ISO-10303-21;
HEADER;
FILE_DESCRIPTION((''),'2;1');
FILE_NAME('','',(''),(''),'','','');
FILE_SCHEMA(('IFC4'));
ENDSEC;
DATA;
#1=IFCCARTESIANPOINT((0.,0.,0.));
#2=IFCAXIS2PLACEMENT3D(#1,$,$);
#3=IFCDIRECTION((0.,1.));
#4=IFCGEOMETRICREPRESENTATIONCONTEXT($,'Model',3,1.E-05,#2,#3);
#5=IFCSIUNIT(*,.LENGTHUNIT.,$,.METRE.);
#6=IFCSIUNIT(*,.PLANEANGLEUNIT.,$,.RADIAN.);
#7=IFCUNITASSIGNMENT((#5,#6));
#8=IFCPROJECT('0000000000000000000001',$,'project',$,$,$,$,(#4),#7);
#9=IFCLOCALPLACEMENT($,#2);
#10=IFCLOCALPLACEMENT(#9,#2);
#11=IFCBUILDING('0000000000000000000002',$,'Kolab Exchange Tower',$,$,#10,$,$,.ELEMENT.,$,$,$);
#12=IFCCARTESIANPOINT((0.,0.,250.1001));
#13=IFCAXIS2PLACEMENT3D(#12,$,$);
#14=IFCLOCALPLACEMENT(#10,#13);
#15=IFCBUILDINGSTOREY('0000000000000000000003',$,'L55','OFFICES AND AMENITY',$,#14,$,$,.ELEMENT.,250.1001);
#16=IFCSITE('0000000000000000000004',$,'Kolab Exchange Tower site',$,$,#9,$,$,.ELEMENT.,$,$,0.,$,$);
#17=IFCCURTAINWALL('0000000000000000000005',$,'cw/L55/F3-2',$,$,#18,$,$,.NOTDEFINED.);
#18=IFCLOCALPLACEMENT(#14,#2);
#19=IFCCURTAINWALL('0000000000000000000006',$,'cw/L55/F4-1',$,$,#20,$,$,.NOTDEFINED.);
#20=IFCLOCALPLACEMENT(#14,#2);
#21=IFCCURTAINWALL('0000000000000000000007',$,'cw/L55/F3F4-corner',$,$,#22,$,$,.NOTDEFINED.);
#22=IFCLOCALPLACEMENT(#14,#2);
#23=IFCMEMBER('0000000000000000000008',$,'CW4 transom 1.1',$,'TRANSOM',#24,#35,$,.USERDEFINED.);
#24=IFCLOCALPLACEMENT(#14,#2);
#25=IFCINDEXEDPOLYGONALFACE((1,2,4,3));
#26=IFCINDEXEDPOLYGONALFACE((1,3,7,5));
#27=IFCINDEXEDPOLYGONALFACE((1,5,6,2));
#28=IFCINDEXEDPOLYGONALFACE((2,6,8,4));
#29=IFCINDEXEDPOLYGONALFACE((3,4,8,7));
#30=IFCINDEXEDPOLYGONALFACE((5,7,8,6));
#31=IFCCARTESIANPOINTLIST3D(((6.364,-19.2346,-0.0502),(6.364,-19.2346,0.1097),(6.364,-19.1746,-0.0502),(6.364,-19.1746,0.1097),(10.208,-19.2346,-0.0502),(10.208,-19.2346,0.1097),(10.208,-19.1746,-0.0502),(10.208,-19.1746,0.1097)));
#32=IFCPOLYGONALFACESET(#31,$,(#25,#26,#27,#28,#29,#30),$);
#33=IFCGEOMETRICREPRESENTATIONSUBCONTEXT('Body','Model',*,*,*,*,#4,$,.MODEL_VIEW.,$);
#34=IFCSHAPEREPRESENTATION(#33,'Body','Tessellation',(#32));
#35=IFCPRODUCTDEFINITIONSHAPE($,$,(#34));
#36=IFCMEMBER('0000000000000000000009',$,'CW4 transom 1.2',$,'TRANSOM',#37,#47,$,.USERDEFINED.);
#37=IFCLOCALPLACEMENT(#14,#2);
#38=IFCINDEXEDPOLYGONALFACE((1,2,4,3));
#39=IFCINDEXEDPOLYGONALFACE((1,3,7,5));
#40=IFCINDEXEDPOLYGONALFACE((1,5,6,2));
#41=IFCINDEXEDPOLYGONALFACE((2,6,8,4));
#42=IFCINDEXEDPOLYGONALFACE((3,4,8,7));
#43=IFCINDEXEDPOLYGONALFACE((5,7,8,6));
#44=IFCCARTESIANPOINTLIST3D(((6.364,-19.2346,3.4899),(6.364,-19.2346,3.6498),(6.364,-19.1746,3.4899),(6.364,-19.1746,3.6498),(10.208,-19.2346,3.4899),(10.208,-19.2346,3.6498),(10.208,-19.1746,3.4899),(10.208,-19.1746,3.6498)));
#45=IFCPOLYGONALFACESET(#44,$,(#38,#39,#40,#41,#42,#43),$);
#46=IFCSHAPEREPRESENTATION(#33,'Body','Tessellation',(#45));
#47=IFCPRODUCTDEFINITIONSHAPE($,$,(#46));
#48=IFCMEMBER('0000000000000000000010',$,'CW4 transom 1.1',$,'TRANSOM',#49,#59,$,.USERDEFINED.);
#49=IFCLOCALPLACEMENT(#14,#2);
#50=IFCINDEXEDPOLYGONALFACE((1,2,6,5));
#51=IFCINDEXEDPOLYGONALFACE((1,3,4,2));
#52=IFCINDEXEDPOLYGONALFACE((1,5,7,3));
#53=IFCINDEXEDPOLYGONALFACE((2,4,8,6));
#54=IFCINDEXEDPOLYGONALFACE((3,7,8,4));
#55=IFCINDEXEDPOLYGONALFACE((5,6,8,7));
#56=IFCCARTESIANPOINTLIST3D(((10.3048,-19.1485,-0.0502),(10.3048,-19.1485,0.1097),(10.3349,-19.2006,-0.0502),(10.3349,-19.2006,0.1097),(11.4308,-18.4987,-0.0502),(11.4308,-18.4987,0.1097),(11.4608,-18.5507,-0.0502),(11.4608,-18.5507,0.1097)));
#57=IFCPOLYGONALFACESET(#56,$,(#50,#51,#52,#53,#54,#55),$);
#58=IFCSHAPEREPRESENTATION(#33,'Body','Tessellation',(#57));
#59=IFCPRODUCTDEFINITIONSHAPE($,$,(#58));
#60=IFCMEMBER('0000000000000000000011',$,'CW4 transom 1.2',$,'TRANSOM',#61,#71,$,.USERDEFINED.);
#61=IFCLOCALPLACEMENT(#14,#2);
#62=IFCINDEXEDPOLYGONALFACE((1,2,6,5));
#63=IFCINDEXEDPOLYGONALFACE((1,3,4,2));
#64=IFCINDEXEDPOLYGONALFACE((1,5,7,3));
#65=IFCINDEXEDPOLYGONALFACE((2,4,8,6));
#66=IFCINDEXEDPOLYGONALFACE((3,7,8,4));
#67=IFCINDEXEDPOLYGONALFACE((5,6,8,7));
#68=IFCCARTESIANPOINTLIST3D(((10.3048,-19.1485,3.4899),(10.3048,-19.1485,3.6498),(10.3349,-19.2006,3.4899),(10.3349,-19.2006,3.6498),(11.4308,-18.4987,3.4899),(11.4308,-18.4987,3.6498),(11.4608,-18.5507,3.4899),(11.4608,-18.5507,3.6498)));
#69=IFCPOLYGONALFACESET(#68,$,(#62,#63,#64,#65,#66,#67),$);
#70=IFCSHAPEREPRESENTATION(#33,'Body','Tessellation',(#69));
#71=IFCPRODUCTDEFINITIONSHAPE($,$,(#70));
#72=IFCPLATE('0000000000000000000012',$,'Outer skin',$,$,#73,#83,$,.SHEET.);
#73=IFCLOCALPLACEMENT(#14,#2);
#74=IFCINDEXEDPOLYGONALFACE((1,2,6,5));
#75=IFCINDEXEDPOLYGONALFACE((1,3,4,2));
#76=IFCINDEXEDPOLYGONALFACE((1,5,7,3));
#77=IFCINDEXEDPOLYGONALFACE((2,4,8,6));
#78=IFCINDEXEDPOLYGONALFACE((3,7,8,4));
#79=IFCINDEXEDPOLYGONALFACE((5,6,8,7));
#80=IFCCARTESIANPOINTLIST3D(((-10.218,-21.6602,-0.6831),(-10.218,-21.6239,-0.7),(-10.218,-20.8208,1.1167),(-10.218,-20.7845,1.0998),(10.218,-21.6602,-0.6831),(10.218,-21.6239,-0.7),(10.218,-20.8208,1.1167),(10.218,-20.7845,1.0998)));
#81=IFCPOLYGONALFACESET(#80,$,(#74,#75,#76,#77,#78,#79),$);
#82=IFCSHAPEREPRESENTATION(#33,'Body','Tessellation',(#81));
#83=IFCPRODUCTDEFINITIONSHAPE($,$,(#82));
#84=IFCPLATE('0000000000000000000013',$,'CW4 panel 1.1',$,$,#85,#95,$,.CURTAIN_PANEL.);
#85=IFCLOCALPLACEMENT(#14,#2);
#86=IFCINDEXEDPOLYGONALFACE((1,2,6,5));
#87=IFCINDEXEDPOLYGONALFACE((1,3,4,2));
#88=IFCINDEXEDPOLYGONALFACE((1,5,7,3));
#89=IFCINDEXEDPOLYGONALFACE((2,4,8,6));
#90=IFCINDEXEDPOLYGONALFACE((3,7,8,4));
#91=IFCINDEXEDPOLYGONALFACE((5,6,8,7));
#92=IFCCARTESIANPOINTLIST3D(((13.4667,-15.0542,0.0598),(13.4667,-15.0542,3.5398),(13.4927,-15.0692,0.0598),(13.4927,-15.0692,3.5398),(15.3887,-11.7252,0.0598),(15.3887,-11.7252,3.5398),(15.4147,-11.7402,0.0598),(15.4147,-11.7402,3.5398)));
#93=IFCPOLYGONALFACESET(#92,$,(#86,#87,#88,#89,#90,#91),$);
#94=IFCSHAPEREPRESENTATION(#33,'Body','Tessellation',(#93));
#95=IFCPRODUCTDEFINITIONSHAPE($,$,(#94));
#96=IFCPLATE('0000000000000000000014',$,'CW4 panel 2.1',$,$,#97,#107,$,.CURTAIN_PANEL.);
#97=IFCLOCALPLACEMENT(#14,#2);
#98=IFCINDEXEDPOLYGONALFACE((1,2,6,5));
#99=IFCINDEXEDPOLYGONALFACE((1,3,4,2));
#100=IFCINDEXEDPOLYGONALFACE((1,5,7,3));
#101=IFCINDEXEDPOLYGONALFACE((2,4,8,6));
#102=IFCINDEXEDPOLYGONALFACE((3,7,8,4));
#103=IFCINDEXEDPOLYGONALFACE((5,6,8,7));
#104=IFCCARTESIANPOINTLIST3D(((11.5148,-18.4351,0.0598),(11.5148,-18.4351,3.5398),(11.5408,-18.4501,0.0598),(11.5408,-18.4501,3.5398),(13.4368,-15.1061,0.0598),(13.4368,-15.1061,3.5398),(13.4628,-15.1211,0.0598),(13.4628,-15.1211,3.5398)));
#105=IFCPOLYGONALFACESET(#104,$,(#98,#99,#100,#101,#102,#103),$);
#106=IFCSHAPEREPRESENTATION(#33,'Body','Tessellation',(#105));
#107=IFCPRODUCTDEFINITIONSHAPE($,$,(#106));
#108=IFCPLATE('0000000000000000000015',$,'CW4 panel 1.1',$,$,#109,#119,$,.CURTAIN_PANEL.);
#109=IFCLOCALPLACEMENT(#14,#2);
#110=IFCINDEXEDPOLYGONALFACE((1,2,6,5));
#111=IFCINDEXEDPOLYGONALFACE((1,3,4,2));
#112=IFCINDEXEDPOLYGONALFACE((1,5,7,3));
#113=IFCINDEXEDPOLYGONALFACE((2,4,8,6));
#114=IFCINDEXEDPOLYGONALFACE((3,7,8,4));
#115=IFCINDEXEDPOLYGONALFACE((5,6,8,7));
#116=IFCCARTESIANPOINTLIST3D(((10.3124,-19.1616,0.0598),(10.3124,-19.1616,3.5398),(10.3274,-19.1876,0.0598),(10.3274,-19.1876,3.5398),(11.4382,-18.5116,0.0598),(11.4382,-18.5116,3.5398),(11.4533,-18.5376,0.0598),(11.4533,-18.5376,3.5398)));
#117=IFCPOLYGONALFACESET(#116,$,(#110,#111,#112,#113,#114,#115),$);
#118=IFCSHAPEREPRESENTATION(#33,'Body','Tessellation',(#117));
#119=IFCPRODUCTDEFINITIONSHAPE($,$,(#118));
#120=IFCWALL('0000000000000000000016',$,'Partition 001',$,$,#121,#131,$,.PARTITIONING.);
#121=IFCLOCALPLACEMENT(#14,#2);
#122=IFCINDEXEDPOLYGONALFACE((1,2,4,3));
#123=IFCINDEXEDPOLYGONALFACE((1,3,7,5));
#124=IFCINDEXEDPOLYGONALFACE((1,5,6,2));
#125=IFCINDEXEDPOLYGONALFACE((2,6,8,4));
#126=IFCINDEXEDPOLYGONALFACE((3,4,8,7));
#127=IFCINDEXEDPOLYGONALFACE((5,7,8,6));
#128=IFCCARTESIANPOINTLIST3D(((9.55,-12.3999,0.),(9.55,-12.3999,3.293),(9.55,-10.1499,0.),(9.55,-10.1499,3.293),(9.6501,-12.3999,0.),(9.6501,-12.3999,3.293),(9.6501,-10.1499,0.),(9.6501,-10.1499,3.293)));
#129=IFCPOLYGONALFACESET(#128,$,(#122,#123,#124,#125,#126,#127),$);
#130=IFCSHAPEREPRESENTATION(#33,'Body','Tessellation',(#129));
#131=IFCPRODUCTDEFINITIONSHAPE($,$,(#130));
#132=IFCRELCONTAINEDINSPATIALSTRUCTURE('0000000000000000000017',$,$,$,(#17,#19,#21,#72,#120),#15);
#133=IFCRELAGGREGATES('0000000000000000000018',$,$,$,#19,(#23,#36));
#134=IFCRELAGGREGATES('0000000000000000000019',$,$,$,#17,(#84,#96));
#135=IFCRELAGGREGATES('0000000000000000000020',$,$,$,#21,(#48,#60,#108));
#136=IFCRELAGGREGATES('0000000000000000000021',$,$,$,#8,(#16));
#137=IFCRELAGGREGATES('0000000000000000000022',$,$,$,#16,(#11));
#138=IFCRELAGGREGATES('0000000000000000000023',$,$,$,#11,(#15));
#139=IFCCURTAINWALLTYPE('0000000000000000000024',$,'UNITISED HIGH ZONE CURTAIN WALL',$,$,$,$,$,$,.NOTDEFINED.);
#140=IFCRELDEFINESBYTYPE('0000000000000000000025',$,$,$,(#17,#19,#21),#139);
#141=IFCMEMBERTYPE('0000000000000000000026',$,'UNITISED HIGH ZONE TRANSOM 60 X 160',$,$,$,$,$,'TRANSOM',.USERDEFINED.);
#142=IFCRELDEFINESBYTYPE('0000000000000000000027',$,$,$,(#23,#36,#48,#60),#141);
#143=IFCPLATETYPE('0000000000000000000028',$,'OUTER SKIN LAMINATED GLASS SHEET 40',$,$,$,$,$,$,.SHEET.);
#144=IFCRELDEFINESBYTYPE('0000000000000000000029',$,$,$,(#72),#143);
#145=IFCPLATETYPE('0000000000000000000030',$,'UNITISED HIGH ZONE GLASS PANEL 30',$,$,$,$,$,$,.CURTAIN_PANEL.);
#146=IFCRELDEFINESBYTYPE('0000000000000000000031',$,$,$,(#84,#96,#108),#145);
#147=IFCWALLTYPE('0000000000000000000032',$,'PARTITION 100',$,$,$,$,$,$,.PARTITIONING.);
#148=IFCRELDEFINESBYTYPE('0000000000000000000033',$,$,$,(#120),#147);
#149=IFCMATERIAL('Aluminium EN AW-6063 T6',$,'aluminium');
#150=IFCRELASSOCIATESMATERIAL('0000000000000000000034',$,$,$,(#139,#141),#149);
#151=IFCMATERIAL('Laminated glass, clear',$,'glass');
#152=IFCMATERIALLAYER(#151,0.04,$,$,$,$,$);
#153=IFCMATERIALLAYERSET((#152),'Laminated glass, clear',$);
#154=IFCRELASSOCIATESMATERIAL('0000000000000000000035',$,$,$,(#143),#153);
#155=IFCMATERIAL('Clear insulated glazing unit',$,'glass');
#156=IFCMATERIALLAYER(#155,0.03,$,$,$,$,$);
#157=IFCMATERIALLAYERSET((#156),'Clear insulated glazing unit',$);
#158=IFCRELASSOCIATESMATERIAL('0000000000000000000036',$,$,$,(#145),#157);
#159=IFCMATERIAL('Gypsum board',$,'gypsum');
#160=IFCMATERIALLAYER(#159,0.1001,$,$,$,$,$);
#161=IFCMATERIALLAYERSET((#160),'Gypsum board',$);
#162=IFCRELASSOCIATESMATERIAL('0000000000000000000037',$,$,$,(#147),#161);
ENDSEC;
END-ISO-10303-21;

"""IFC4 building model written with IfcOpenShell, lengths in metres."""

from ifc_helpers import new_model, si_unit, direction, frame, frame_2d, origin, origin_2d, place, context, subcontext, project, spatial, polyline, rectangle, outline, extrude, material, layer, layer_set, material_profile, profile_set, type_object, element, aggregate, save


model = new_model("IFC4")

# Units and contexts
model_context = context("Model", 3, precision=1e-05, world=origin(), true_north=direction((0.0, 1.0)))
body_context = subcontext(model_context, "Body", "Model", "MODEL_VIEW")
ifc_project = project(units=[si_unit("LENGTHUNIT", "METRE"), si_unit("PLANEANGLEUNIT", "RADIAN")], contexts=[model_context])

# Site, building, storey
site_placement = place(None, origin())
site = spatial("IfcSite", under=ifc_project, at=site_placement, Name="Kolab Exchange Tower site", CompositionType="ELEMENT", RefElevation=0.0)
building_placement = place(site_placement, origin())
building = spatial("IfcBuilding", under=site, at=building_placement, Name="Kolab Exchange Tower", CompositionType="ELEMENT")
storey_placement = place(building_placement, frame((0.0, 0.0, 250.1001)))
storey = spatial("IfcBuildingStorey", under=building, at=storey_placement, Name="L55", Description="OFFICES AND AMENITY", CompositionType="ELEMENT", Elevation=250.1001)

# Curtain wall
ifc_material_1 = material(Name="Aluminium EN AW-6063 T6", Category="aluminium")
curtain_wall_type = type_object("IfcCurtainWallType", Name="UNITISED HIGH ZONE CURTAIN WALL", PredefinedType="NOTDEFINED", material=ifc_material_1)
curtain_wall_1_placement = place(storey_placement, origin())
curtain_wall_1 = element("IfcCurtainWall", 1, at=curtain_wall_1_placement, inside=storey, type_object=curtain_wall_type, Name="cw/L55/F3-2", PredefinedType="NOTDEFINED")

# Curtain wall
curtain_wall_2_placement = place(storey_placement, origin())
curtain_wall_2 = element("IfcCurtainWall", 2, at=curtain_wall_2_placement, inside=storey, type_object=curtain_wall_type, Name="cw/L55/F4-1", PredefinedType="NOTDEFINED")

# Curtain wall
curtain_wall_3_placement = place(storey_placement, origin())
curtain_wall_3 = element("IfcCurtainWall", 3, at=curtain_wall_3_placement, inside=storey, type_object=curtain_wall_type, Name="cw/L55/F3F4-corner", PredefinedType="NOTDEFINED")

# Members
ifc_material_profile_1 = material_profile(ifc_material_1, rectangle(XDim=0.0601, YDim=0.1599, at=origin_2d()), Name="RECT 60X160")
ifc_profile_set_1 = profile_set([ifc_material_profile_1], Name="Aluminium EN AW-6063 T6")
member_type_1 = type_object("IfcMemberType", Name="UNITISED HIGH ZONE TRANSOM 60 X 160", ElementType="TRANSOM", PredefinedType="USERDEFINED", material=ifc_profile_set_1)
member_1_placement = place(storey_placement, frame((10.208, -19.2046, 0.0298), z_axis=(-1.0, 0.0, 0.0), x_axis=(0.0, -1.0, 0.0)))
member_1 = element("IfcMember", 4, at=member_1_placement, type_object=member_type_1, Name="CW4 transom 1.1", ObjectType="TRANSOM", PredefinedType="USERDEFINED", context=body_context, shape_type="SweptSolid", body=[
    extrude(rectangle(XDim=0.0601, YDim=0.1599, at=origin_2d()), origin(), (0.0, 0.0, 1.0), 3.844),
])
member_2_placement = place(storey_placement, frame((10.208, -19.2046, 3.5698), z_axis=(-1.0, 0.0, 0.0), x_axis=(0.0, -1.0, 0.0)))
member_2 = element("IfcMember", 5, at=member_2_placement, type_object=member_type_1, Name="CW4 transom 1.2", ObjectType="TRANSOM", PredefinedType="USERDEFINED", context=body_context, shape_type="SweptSolid", body=[
    extrude(rectangle(XDim=0.0601, YDim=0.1599, at=origin_2d()), origin(), (0.0, 0.0, 1.0), 3.844),
])
aggregate(curtain_wall_2, [member_1, member_2])
member_3_placement = place(storey_placement, frame((11.4458, -18.5247, 0.0298), z_axis=(-0.866086, -0.499896, 0.0), x_axis=(0.499896, -0.866086, 0.0)))
member_3 = element("IfcMember", 6, at=member_3_placement, type_object=member_type_1, Name="CW4 transom 1.1", ObjectType="TRANSOM", PredefinedType="USERDEFINED", context=body_context, shape_type="SweptSolid", body=[
    extrude(rectangle(XDim=0.0601, YDim=0.1599, at=origin_2d()), origin(), (0.0, 0.0, 1.0), 1.3),
])
member_4_placement = place(storey_placement, frame((11.4458, -18.5247, 3.5698), z_axis=(-0.866086, -0.499896, 0.0), x_axis=(0.499896, -0.866086, 0.0)))
member_4 = element("IfcMember", 7, at=member_4_placement, type_object=member_type_1, Name="CW4 transom 1.2", ObjectType="TRANSOM", PredefinedType="USERDEFINED", context=body_context, shape_type="SweptSolid", body=[
    extrude(rectangle(XDim=0.0601, YDim=0.1599, at=origin_2d()), origin(), (0.0, 0.0, 1.0), 1.3),
])

# Plates
ifc_material_2 = material(Name="Laminated glass, clear", Category="glass")
ifc_layer_1 = layer(ifc_material_2, 0.04)
ifc_layer_set_1 = layer_set([ifc_layer_1], Name="Laminated glass, clear")
plate_type_1 = type_object("IfcPlateType", Name="OUTER SKIN LAMINATED GLASS SHEET 40", PredefinedType="SHEET", material=ifc_layer_set_1)
plate_1_placement = place(storey_placement, frame((10.218, -21.6602, -0.6831), z_axis=(0.0, -0.90629, 0.422657), x_axis=(-1.0, 0.0, 0.0)))
element("IfcPlate", 8, at=plate_1_placement, inside=storey, type_object=plate_type_1, Name="Outer skin", PredefinedType="SHEET", context=body_context, shape_type="SweptSolid", body=[
    extrude(outline(polyline([(0.0, 0.0), (20.436, 0.0), (20.436, -1.9859), (0.0, -1.9859), (0.0, 0.0)])), origin(), (0.0, 0.0, -1.0), 0.04),
])
ifc_material_3 = material(Name="Clear insulated glazing unit", Category="glass")
ifc_layer_2 = layer(ifc_material_3, 0.03)
ifc_layer_set_2 = layer_set([ifc_layer_2], Name="Clear insulated glazing unit")
plate_type_2 = type_object("IfcPlateType", Name="UNITISED HIGH ZONE GLASS PANEL 30", PredefinedType="CURTAIN_PANEL", material=ifc_layer_set_2)
plate_2_placement = place(storey_placement, frame((14.4407, -13.3972, 0.0598), z_axis=(0.0, 0.0, 1.0), x_axis=(-0.5, -0.866025, 0.0)))
plate_2 = element("IfcPlate", 9, at=plate_2_placement, type_object=plate_type_2, Name="CW4 panel 1.1", PredefinedType="CURTAIN_PANEL", context=body_context, shape_type="SweptSolid", body=[
    extrude(rectangle(XDim=3.844, YDim=0.03, at=origin_2d()), origin(), (0.0, 0.0, 1.0), 3.48),
])
plate_3_placement = place(storey_placement, frame((12.4888, -16.7781, 0.0598), z_axis=(0.0, 0.0, 1.0), x_axis=(-0.5, -0.866025, 0.0)))
plate_3 = element("IfcPlate", 10, at=plate_3_placement, type_object=plate_type_2, Name="CW4 panel 2.1", PredefinedType="CURTAIN_PANEL", context=body_context, shape_type="SweptSolid", body=[
    extrude(rectangle(XDim=3.844, YDim=0.03, at=origin_2d()), origin(), (0.0, 0.0, 1.0), 3.48),
])
aggregate(curtain_wall_1, [plate_2, plate_3])
plate_4_placement = place(storey_placement, frame((10.8828, -18.8496, 0.0598), z_axis=(0.0, 0.0, 1.0), x_axis=(-0.866025, -0.5, 0.0)))
plate_4 = element("IfcPlate", 11, at=plate_4_placement, type_object=plate_type_2, Name="CW4 panel 1.1", PredefinedType="CURTAIN_PANEL", context=body_context, shape_type="SweptSolid", body=[
    extrude(rectangle(XDim=1.3, YDim=0.03, at=origin_2d()), origin(), (0.0, 0.0, 1.0), 3.48),
])
aggregate(curtain_wall_3, [member_3, member_4, plate_4])

# Wall
ifc_material_4 = material(Name="Gypsum board", Category="gypsum")
ifc_layer_3 = layer(ifc_material_4, 0.1001)
ifc_layer_set_3 = layer_set([ifc_layer_3], Name="Gypsum board")
wall_type = type_object("IfcWallType", Name="PARTITION 100", PredefinedType="PARTITIONING", material=ifc_layer_set_3)
wall_placement = place(storey_placement, frame((9.6001, -12.3999, 0.0), z_axis=(0.0, 0.0, 1.0), x_axis=(0.0, 1.0, 0.0)))
element("IfcWall", 12, at=wall_placement, inside=storey, type_object=wall_type, Name="Partition 001", PredefinedType="PARTITIONING", context=body_context, shape_type="SweptSolid", body=[
    extrude(rectangle(XDim=2.25, YDim=0.1001, at=frame_2d((1.125, 0.0))), origin(), (0.0, 0.0, 1.0), 3.293),
])

save(model, "model.ifc")
